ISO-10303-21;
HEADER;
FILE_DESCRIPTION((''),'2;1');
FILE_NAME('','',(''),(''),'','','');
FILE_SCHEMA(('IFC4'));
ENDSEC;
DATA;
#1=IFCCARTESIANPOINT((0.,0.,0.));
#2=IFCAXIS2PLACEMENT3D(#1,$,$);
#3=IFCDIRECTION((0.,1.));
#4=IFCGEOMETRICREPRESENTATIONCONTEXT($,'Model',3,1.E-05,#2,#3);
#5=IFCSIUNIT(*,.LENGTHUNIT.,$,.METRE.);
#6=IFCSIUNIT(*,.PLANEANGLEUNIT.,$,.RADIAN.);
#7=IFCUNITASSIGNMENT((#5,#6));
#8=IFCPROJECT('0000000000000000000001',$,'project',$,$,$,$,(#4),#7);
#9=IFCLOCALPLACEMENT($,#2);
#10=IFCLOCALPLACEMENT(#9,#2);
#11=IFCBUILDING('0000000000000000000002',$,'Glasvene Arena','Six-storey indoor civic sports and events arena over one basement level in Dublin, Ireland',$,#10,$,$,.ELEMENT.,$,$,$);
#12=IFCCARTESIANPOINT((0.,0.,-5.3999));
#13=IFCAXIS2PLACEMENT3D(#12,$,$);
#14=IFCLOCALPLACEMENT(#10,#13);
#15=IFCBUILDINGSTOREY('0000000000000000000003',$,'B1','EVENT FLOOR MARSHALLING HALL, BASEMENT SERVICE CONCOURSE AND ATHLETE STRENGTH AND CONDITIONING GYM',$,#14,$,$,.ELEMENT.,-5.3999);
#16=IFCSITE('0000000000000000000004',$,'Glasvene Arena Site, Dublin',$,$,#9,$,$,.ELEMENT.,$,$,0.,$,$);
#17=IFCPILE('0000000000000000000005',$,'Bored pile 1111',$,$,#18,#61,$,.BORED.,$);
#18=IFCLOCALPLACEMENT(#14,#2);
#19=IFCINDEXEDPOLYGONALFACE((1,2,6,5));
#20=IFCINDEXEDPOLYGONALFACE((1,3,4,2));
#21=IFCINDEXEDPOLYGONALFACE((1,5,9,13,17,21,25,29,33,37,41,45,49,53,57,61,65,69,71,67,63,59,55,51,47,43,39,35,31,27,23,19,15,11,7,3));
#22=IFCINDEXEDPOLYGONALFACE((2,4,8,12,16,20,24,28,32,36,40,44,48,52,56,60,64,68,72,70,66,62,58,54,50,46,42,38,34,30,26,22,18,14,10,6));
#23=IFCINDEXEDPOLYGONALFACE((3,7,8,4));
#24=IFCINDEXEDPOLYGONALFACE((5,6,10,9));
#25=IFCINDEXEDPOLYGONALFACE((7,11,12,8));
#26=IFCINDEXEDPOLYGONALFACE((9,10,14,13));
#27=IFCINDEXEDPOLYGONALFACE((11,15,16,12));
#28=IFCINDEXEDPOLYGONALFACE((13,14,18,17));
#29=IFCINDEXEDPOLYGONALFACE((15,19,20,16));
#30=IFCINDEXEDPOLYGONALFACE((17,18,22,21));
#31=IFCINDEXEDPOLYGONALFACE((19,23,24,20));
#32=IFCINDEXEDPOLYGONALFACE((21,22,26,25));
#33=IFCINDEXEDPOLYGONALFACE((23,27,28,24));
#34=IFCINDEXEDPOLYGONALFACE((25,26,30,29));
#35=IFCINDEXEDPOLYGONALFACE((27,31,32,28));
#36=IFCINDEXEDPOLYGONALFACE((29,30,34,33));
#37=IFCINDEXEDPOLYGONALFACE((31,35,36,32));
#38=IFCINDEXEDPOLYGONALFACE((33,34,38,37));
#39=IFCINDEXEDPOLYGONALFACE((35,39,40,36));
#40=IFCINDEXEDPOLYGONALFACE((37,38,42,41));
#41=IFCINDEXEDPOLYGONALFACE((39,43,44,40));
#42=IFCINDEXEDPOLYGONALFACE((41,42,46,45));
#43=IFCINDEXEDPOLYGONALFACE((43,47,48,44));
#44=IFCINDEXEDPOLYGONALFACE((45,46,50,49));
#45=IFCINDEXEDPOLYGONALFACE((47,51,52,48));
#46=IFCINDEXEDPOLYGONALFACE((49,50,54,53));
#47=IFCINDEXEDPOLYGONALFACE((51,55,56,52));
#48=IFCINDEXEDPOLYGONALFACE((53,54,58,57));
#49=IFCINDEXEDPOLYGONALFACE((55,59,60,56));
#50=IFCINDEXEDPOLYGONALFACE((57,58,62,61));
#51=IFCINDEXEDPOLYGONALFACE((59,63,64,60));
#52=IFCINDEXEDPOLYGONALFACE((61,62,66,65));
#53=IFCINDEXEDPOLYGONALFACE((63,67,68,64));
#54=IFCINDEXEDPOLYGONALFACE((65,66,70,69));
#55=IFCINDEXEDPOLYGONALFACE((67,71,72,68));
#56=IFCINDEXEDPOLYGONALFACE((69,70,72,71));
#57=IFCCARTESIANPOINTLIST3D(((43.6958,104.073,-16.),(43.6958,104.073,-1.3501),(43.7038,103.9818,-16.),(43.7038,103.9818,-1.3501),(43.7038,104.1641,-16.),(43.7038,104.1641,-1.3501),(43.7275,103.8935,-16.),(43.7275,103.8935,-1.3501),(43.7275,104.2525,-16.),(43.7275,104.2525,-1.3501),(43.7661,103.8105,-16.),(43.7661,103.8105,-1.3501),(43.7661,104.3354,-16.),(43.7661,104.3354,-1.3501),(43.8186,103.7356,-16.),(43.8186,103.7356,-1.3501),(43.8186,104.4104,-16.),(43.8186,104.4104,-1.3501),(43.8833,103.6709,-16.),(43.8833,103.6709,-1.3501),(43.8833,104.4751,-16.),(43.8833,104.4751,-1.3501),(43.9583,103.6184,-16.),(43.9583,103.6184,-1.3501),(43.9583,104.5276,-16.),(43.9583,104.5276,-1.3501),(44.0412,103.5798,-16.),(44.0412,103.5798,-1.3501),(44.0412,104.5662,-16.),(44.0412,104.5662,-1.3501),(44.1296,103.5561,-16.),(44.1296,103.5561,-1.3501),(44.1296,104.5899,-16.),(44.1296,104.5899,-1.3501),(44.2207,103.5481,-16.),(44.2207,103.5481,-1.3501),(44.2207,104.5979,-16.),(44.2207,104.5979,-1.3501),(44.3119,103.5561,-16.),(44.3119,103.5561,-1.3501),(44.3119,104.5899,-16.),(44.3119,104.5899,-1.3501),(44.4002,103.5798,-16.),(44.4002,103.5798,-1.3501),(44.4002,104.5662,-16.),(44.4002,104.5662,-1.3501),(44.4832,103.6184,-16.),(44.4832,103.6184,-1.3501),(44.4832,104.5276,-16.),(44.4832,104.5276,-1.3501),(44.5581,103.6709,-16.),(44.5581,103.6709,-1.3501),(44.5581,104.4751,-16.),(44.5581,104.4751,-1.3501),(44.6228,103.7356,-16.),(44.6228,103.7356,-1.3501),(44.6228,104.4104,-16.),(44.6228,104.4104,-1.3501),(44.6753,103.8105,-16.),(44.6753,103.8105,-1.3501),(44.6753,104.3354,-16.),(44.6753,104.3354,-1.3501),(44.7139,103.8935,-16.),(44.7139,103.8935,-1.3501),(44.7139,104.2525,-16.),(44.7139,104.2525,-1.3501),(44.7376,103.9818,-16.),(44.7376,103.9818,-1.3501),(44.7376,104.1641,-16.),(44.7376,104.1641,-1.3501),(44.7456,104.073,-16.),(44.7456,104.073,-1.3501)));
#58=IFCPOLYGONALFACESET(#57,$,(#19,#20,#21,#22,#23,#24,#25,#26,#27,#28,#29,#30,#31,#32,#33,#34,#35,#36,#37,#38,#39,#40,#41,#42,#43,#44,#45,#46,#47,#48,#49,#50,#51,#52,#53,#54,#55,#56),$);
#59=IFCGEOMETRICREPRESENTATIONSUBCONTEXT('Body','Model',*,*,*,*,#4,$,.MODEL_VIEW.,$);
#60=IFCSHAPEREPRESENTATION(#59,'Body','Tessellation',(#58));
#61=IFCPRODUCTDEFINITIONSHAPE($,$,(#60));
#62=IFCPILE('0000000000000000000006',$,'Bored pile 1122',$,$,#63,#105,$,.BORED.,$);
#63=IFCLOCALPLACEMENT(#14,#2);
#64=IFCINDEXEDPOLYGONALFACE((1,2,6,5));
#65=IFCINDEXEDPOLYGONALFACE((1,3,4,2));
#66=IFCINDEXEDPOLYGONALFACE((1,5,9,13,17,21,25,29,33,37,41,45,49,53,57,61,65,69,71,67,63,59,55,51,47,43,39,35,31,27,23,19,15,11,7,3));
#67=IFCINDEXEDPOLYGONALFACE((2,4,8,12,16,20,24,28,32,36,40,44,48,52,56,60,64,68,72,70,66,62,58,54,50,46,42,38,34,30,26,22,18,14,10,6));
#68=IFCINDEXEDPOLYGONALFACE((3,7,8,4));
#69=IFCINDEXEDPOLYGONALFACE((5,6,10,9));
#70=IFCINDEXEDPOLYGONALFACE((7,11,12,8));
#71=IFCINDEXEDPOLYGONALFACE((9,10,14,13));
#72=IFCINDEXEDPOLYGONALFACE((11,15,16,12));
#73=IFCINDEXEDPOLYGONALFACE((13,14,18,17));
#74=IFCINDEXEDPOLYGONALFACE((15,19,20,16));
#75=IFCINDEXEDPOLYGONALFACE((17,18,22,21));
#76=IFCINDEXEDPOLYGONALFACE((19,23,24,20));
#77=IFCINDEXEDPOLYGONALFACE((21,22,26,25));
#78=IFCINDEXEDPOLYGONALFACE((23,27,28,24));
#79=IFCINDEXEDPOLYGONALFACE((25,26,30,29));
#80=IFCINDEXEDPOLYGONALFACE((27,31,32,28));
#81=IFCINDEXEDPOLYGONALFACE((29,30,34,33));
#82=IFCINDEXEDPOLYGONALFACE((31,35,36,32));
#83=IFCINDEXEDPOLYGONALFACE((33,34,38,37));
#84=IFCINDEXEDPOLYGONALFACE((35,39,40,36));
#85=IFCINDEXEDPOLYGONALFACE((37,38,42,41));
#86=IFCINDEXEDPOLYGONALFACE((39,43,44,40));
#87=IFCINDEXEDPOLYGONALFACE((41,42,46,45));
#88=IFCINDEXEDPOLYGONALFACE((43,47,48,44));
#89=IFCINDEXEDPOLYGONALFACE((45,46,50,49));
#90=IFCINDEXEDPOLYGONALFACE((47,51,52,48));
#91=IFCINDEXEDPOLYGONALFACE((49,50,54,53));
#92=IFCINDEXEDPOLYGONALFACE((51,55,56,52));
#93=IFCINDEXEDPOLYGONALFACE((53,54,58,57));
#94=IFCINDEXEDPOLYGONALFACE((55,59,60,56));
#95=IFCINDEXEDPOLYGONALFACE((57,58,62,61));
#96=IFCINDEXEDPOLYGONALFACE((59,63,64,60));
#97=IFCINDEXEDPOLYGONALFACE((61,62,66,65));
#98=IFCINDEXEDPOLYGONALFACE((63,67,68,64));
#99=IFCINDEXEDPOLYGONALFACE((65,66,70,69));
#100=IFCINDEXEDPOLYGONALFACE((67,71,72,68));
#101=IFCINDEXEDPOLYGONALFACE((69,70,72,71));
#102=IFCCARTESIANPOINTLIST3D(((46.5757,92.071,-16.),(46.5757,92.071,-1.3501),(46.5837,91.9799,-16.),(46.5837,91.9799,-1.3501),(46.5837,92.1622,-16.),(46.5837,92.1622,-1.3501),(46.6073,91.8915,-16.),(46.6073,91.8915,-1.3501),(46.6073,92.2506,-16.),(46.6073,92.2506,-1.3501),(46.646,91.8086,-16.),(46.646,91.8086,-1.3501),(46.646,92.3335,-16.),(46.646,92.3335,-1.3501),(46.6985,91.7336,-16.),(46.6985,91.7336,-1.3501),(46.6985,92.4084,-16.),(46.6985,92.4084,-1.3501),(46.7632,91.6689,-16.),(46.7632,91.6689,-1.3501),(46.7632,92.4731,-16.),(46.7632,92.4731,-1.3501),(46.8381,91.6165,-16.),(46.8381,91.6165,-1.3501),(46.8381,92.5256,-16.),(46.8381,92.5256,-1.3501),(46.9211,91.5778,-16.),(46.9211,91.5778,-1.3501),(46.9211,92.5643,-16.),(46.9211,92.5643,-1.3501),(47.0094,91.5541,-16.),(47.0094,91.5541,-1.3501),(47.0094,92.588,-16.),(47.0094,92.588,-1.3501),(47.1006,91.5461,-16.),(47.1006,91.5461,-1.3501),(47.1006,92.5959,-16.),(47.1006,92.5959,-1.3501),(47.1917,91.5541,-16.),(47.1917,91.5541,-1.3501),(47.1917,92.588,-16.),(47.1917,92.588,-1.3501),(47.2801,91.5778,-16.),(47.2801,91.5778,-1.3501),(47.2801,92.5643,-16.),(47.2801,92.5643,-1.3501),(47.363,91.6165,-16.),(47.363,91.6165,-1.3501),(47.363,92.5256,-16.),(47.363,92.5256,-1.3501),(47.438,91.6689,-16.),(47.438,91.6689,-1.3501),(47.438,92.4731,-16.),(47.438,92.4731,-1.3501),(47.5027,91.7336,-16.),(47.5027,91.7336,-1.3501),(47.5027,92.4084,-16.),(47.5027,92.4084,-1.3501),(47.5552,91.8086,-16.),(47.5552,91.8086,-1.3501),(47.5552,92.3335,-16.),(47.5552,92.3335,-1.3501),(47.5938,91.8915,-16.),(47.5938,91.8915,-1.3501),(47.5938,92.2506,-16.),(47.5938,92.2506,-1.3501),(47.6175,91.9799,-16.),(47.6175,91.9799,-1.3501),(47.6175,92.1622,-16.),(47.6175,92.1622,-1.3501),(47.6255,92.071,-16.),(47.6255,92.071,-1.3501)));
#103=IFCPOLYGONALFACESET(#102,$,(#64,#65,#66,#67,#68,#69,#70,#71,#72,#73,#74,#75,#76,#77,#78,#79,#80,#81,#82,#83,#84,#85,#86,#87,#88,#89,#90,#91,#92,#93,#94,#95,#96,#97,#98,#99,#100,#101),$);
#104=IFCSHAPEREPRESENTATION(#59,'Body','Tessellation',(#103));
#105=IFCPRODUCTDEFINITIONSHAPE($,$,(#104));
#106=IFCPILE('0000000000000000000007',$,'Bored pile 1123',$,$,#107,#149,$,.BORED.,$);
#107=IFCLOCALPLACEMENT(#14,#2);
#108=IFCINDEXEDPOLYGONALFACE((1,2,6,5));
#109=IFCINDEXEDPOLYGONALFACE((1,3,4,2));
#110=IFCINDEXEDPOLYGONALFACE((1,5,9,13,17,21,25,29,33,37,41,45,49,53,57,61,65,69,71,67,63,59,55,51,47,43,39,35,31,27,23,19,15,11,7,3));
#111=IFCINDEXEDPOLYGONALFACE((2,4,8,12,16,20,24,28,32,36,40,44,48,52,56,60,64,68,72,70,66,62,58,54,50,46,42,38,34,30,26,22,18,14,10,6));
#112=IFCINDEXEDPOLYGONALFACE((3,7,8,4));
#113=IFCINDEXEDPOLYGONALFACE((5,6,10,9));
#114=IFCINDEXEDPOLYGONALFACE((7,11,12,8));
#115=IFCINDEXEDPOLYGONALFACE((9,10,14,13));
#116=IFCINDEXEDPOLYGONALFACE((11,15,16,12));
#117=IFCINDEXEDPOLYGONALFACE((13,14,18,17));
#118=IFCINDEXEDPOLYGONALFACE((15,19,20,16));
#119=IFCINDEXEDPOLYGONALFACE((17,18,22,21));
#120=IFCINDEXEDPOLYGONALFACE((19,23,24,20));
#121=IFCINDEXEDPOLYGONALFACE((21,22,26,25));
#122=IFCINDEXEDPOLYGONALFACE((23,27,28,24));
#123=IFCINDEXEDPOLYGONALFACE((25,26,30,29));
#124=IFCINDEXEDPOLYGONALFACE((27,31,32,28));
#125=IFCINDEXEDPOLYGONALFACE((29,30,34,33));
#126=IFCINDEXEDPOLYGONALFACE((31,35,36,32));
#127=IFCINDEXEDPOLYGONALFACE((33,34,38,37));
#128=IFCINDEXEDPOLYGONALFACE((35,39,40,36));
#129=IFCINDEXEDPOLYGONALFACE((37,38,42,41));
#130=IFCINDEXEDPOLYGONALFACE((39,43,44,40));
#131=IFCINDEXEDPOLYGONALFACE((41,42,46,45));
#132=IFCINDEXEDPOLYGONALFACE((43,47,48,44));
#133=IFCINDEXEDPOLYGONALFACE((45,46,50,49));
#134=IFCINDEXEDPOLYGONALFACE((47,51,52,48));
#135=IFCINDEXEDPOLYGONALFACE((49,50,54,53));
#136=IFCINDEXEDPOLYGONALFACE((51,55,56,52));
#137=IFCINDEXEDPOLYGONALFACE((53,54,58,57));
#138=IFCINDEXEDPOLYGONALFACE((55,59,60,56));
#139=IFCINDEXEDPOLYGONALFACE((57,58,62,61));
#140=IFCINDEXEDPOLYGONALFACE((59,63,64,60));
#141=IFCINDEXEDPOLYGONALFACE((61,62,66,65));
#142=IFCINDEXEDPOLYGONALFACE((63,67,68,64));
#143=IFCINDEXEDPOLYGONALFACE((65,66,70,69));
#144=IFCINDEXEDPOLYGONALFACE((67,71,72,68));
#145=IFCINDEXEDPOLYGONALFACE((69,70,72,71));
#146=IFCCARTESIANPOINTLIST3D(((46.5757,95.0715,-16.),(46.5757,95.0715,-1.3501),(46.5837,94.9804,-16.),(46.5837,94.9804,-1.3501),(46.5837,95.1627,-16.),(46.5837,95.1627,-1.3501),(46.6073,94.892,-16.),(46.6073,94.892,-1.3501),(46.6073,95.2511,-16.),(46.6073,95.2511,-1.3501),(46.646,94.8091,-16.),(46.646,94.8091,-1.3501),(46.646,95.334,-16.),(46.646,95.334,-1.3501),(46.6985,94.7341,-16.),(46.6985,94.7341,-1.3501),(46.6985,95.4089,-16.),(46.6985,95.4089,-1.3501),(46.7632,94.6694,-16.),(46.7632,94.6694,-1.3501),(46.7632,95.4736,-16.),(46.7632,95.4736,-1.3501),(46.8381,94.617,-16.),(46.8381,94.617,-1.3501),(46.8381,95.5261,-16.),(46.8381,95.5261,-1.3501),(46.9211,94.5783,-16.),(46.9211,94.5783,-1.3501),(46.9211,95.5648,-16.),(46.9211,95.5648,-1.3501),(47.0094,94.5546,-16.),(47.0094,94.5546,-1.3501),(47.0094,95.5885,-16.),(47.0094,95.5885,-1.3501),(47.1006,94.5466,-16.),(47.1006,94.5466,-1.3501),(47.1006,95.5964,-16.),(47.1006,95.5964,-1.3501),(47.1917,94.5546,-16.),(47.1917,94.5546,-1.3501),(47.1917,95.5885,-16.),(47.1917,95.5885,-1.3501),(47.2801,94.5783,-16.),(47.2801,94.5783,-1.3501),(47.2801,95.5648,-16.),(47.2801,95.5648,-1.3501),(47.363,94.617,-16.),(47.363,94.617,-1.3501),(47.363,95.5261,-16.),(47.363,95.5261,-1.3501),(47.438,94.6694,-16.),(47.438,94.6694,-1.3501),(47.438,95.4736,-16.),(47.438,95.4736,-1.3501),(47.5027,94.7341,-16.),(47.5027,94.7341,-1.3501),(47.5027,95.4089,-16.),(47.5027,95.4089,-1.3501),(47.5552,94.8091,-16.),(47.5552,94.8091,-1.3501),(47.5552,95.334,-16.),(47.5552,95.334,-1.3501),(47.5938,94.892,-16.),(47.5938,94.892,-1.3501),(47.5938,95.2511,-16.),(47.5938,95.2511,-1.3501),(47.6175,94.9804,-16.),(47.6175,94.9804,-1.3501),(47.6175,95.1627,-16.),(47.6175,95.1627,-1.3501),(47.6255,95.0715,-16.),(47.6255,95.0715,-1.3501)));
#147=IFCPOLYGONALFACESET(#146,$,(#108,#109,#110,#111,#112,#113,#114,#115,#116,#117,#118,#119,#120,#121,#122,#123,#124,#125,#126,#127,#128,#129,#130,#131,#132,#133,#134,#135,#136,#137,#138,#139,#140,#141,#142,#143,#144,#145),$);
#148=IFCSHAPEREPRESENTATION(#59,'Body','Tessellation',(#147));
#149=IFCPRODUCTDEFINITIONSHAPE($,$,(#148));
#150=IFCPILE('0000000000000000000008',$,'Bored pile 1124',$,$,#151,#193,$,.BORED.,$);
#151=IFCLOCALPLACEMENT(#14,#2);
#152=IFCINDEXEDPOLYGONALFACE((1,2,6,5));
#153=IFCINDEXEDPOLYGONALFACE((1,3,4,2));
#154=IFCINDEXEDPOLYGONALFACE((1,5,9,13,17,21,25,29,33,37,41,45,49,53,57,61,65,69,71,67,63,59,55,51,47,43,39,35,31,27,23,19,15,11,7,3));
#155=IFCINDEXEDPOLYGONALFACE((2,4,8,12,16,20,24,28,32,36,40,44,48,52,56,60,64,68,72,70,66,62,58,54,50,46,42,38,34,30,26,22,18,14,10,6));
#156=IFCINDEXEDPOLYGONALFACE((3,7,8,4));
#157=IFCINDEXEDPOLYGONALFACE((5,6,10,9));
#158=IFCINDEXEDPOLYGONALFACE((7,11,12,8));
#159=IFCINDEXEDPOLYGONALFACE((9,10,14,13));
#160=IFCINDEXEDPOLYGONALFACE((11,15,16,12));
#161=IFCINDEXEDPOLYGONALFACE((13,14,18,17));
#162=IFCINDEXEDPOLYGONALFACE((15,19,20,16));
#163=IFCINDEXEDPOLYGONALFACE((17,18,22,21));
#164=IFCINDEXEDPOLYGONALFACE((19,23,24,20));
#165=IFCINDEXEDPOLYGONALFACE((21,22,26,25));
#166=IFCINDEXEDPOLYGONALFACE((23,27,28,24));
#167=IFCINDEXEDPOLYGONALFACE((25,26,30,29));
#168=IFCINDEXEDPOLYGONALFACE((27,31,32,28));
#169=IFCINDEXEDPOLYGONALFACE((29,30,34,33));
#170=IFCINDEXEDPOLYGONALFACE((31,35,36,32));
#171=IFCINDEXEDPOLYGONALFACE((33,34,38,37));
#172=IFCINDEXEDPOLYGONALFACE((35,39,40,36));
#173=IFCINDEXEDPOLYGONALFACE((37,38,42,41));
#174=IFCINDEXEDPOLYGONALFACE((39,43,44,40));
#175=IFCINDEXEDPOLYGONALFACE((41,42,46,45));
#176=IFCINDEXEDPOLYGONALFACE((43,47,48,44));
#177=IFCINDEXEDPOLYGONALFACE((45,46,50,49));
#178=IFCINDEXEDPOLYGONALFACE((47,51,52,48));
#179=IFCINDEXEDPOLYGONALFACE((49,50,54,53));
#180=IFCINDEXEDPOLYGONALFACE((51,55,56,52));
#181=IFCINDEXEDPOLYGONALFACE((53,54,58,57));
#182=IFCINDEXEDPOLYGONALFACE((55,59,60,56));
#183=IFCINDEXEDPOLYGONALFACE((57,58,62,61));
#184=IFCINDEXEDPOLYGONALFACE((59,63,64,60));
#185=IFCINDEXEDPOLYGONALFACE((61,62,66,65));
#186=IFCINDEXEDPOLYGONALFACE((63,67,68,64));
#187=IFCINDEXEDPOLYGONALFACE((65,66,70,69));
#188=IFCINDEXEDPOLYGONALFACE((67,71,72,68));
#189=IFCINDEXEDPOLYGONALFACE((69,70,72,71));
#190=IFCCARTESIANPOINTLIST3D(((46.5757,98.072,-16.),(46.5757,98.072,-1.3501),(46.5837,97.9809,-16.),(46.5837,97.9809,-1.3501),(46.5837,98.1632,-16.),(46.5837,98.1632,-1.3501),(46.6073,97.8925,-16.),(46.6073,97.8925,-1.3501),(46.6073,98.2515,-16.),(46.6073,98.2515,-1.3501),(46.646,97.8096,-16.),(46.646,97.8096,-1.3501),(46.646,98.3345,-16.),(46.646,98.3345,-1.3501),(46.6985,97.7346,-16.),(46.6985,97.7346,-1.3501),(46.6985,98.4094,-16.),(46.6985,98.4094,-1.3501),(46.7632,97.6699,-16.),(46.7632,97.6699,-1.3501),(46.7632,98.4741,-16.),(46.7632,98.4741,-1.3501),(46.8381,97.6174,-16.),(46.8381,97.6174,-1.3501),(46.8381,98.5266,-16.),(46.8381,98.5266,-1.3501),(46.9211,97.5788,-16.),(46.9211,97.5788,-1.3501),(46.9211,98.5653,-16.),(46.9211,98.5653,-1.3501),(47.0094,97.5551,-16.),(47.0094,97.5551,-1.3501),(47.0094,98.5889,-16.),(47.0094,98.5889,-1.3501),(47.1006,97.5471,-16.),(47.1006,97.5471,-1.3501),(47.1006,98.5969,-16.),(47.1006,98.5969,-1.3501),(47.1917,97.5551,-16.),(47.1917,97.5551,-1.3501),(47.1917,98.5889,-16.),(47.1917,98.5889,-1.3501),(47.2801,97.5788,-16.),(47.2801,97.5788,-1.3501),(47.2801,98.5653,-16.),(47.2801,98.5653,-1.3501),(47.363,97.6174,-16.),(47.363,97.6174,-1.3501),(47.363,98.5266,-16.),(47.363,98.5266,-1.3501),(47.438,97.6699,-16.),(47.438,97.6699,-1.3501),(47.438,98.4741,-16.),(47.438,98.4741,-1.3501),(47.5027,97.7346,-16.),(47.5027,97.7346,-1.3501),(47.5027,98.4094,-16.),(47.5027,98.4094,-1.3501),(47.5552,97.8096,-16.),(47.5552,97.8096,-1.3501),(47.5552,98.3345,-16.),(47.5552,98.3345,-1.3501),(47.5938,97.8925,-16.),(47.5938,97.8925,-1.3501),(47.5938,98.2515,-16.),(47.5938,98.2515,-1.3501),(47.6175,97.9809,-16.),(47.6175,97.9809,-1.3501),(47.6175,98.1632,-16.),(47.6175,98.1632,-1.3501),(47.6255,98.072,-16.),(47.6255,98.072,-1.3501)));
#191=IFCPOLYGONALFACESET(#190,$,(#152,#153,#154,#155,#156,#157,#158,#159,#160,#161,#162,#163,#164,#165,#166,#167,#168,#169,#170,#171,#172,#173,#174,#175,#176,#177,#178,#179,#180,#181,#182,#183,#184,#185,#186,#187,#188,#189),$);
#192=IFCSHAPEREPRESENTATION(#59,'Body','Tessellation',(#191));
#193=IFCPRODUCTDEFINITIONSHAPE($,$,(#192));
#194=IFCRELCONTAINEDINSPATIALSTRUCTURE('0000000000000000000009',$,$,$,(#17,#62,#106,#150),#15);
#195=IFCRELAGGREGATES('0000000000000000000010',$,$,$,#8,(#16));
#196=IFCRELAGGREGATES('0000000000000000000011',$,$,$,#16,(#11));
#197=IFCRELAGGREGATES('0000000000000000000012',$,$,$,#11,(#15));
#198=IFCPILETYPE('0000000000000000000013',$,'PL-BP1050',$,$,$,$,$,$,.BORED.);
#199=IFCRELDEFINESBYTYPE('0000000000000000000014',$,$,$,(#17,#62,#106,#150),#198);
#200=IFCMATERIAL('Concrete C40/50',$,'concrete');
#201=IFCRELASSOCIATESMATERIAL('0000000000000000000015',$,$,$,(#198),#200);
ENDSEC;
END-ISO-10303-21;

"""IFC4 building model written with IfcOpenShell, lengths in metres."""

from ifc_helpers import new_model, si_unit, direction, frame, origin, origin_2d, place, context, subcontext, project, spatial, circle, extrude, material, material_profile, profile_set, type_object, element, save


model = new_model("IFC4")

# Units and contexts
model_context = context("Model", 3, precision=1e-05, world=origin(), true_north=direction((0.0, 1.0)))
body_context = subcontext(model_context, "Body", "Model", "MODEL_VIEW")
ifc_project = project(units=[si_unit("LENGTHUNIT", "METRE"), si_unit("PLANEANGLEUNIT", "RADIAN")], contexts=[model_context])

# Site, building, storey
site_placement = place(None, origin())
site = spatial("IfcSite", under=ifc_project, at=site_placement, Name="Glasvene Arena Site, Dublin", CompositionType="ELEMENT", RefElevation=0.0)
building_placement = place(site_placement, origin())
building = spatial("IfcBuilding", under=site, at=building_placement, Name="Glasvene Arena", Description="Six-storey indoor civic sports and events arena over one basement level in Dublin, Ireland", CompositionType="ELEMENT")
storey_placement = place(building_placement, frame((0.0, 0.0, -5.3999)))
storey = spatial("IfcBuildingStorey", under=building, at=storey_placement, Name="B1", Description="EVENT FLOOR MARSHALLING HALL, BASEMENT SERVICE CONCOURSE AND ATHLETE STRENGTH AND CONDITIONING GYM", CompositionType="ELEMENT", Elevation=-5.3999)

# Piles
ifc_material_1 = material(Name="Concrete C40/50", Category="concrete")
ifc_material_profile_1 = material_profile(ifc_material_1, circle(Radius=0.5249, at=origin_2d()), Name="BORED PILE 1050")
ifc_profile_set_1 = profile_set([ifc_material_profile_1], Name="Concrete C40/50")
pile_type = type_object("IfcPileType", Name="PL-BP1050", PredefinedType="BORED", material=ifc_profile_set_1)
for number, where, z_axis, x_axis, name in (
    (1, (44.2207, 104.073, -1.3501), (0.0, 0.0, -1.0), (1.0, 0.0, 0.0), "Bored pile 1111"),
    (2, (47.1006, 92.071, -1.3501), (0.0, 0.0, -1.0), (1.0, 0.0, 0.0), "Bored pile 1122"),
    (3, (47.1006, 95.0715, -1.3501), (0.0, 0.0, -1.0), (1.0, 0.0, 0.0), "Bored pile 1123"),
    (4, (47.1006, 98.072, -1.3501), (0.0, 0.0, -1.0), (1.0, 0.0, 0.0), "Bored pile 1124"),
):
    element("IfcPile", number, at=place(storey_placement, frame(where, z_axis=z_axis, x_axis=x_axis)), inside=storey, type_object=pile_type, Name=name, PredefinedType="BORED", context=body_context, shape_type="SweptSolid", body=[
        extrude(circle(Radius=0.5249, at=origin_2d()), origin(), (0.0, 0.0, 1.0), 14.6499),
    ])

save(model, "model.ifc")
